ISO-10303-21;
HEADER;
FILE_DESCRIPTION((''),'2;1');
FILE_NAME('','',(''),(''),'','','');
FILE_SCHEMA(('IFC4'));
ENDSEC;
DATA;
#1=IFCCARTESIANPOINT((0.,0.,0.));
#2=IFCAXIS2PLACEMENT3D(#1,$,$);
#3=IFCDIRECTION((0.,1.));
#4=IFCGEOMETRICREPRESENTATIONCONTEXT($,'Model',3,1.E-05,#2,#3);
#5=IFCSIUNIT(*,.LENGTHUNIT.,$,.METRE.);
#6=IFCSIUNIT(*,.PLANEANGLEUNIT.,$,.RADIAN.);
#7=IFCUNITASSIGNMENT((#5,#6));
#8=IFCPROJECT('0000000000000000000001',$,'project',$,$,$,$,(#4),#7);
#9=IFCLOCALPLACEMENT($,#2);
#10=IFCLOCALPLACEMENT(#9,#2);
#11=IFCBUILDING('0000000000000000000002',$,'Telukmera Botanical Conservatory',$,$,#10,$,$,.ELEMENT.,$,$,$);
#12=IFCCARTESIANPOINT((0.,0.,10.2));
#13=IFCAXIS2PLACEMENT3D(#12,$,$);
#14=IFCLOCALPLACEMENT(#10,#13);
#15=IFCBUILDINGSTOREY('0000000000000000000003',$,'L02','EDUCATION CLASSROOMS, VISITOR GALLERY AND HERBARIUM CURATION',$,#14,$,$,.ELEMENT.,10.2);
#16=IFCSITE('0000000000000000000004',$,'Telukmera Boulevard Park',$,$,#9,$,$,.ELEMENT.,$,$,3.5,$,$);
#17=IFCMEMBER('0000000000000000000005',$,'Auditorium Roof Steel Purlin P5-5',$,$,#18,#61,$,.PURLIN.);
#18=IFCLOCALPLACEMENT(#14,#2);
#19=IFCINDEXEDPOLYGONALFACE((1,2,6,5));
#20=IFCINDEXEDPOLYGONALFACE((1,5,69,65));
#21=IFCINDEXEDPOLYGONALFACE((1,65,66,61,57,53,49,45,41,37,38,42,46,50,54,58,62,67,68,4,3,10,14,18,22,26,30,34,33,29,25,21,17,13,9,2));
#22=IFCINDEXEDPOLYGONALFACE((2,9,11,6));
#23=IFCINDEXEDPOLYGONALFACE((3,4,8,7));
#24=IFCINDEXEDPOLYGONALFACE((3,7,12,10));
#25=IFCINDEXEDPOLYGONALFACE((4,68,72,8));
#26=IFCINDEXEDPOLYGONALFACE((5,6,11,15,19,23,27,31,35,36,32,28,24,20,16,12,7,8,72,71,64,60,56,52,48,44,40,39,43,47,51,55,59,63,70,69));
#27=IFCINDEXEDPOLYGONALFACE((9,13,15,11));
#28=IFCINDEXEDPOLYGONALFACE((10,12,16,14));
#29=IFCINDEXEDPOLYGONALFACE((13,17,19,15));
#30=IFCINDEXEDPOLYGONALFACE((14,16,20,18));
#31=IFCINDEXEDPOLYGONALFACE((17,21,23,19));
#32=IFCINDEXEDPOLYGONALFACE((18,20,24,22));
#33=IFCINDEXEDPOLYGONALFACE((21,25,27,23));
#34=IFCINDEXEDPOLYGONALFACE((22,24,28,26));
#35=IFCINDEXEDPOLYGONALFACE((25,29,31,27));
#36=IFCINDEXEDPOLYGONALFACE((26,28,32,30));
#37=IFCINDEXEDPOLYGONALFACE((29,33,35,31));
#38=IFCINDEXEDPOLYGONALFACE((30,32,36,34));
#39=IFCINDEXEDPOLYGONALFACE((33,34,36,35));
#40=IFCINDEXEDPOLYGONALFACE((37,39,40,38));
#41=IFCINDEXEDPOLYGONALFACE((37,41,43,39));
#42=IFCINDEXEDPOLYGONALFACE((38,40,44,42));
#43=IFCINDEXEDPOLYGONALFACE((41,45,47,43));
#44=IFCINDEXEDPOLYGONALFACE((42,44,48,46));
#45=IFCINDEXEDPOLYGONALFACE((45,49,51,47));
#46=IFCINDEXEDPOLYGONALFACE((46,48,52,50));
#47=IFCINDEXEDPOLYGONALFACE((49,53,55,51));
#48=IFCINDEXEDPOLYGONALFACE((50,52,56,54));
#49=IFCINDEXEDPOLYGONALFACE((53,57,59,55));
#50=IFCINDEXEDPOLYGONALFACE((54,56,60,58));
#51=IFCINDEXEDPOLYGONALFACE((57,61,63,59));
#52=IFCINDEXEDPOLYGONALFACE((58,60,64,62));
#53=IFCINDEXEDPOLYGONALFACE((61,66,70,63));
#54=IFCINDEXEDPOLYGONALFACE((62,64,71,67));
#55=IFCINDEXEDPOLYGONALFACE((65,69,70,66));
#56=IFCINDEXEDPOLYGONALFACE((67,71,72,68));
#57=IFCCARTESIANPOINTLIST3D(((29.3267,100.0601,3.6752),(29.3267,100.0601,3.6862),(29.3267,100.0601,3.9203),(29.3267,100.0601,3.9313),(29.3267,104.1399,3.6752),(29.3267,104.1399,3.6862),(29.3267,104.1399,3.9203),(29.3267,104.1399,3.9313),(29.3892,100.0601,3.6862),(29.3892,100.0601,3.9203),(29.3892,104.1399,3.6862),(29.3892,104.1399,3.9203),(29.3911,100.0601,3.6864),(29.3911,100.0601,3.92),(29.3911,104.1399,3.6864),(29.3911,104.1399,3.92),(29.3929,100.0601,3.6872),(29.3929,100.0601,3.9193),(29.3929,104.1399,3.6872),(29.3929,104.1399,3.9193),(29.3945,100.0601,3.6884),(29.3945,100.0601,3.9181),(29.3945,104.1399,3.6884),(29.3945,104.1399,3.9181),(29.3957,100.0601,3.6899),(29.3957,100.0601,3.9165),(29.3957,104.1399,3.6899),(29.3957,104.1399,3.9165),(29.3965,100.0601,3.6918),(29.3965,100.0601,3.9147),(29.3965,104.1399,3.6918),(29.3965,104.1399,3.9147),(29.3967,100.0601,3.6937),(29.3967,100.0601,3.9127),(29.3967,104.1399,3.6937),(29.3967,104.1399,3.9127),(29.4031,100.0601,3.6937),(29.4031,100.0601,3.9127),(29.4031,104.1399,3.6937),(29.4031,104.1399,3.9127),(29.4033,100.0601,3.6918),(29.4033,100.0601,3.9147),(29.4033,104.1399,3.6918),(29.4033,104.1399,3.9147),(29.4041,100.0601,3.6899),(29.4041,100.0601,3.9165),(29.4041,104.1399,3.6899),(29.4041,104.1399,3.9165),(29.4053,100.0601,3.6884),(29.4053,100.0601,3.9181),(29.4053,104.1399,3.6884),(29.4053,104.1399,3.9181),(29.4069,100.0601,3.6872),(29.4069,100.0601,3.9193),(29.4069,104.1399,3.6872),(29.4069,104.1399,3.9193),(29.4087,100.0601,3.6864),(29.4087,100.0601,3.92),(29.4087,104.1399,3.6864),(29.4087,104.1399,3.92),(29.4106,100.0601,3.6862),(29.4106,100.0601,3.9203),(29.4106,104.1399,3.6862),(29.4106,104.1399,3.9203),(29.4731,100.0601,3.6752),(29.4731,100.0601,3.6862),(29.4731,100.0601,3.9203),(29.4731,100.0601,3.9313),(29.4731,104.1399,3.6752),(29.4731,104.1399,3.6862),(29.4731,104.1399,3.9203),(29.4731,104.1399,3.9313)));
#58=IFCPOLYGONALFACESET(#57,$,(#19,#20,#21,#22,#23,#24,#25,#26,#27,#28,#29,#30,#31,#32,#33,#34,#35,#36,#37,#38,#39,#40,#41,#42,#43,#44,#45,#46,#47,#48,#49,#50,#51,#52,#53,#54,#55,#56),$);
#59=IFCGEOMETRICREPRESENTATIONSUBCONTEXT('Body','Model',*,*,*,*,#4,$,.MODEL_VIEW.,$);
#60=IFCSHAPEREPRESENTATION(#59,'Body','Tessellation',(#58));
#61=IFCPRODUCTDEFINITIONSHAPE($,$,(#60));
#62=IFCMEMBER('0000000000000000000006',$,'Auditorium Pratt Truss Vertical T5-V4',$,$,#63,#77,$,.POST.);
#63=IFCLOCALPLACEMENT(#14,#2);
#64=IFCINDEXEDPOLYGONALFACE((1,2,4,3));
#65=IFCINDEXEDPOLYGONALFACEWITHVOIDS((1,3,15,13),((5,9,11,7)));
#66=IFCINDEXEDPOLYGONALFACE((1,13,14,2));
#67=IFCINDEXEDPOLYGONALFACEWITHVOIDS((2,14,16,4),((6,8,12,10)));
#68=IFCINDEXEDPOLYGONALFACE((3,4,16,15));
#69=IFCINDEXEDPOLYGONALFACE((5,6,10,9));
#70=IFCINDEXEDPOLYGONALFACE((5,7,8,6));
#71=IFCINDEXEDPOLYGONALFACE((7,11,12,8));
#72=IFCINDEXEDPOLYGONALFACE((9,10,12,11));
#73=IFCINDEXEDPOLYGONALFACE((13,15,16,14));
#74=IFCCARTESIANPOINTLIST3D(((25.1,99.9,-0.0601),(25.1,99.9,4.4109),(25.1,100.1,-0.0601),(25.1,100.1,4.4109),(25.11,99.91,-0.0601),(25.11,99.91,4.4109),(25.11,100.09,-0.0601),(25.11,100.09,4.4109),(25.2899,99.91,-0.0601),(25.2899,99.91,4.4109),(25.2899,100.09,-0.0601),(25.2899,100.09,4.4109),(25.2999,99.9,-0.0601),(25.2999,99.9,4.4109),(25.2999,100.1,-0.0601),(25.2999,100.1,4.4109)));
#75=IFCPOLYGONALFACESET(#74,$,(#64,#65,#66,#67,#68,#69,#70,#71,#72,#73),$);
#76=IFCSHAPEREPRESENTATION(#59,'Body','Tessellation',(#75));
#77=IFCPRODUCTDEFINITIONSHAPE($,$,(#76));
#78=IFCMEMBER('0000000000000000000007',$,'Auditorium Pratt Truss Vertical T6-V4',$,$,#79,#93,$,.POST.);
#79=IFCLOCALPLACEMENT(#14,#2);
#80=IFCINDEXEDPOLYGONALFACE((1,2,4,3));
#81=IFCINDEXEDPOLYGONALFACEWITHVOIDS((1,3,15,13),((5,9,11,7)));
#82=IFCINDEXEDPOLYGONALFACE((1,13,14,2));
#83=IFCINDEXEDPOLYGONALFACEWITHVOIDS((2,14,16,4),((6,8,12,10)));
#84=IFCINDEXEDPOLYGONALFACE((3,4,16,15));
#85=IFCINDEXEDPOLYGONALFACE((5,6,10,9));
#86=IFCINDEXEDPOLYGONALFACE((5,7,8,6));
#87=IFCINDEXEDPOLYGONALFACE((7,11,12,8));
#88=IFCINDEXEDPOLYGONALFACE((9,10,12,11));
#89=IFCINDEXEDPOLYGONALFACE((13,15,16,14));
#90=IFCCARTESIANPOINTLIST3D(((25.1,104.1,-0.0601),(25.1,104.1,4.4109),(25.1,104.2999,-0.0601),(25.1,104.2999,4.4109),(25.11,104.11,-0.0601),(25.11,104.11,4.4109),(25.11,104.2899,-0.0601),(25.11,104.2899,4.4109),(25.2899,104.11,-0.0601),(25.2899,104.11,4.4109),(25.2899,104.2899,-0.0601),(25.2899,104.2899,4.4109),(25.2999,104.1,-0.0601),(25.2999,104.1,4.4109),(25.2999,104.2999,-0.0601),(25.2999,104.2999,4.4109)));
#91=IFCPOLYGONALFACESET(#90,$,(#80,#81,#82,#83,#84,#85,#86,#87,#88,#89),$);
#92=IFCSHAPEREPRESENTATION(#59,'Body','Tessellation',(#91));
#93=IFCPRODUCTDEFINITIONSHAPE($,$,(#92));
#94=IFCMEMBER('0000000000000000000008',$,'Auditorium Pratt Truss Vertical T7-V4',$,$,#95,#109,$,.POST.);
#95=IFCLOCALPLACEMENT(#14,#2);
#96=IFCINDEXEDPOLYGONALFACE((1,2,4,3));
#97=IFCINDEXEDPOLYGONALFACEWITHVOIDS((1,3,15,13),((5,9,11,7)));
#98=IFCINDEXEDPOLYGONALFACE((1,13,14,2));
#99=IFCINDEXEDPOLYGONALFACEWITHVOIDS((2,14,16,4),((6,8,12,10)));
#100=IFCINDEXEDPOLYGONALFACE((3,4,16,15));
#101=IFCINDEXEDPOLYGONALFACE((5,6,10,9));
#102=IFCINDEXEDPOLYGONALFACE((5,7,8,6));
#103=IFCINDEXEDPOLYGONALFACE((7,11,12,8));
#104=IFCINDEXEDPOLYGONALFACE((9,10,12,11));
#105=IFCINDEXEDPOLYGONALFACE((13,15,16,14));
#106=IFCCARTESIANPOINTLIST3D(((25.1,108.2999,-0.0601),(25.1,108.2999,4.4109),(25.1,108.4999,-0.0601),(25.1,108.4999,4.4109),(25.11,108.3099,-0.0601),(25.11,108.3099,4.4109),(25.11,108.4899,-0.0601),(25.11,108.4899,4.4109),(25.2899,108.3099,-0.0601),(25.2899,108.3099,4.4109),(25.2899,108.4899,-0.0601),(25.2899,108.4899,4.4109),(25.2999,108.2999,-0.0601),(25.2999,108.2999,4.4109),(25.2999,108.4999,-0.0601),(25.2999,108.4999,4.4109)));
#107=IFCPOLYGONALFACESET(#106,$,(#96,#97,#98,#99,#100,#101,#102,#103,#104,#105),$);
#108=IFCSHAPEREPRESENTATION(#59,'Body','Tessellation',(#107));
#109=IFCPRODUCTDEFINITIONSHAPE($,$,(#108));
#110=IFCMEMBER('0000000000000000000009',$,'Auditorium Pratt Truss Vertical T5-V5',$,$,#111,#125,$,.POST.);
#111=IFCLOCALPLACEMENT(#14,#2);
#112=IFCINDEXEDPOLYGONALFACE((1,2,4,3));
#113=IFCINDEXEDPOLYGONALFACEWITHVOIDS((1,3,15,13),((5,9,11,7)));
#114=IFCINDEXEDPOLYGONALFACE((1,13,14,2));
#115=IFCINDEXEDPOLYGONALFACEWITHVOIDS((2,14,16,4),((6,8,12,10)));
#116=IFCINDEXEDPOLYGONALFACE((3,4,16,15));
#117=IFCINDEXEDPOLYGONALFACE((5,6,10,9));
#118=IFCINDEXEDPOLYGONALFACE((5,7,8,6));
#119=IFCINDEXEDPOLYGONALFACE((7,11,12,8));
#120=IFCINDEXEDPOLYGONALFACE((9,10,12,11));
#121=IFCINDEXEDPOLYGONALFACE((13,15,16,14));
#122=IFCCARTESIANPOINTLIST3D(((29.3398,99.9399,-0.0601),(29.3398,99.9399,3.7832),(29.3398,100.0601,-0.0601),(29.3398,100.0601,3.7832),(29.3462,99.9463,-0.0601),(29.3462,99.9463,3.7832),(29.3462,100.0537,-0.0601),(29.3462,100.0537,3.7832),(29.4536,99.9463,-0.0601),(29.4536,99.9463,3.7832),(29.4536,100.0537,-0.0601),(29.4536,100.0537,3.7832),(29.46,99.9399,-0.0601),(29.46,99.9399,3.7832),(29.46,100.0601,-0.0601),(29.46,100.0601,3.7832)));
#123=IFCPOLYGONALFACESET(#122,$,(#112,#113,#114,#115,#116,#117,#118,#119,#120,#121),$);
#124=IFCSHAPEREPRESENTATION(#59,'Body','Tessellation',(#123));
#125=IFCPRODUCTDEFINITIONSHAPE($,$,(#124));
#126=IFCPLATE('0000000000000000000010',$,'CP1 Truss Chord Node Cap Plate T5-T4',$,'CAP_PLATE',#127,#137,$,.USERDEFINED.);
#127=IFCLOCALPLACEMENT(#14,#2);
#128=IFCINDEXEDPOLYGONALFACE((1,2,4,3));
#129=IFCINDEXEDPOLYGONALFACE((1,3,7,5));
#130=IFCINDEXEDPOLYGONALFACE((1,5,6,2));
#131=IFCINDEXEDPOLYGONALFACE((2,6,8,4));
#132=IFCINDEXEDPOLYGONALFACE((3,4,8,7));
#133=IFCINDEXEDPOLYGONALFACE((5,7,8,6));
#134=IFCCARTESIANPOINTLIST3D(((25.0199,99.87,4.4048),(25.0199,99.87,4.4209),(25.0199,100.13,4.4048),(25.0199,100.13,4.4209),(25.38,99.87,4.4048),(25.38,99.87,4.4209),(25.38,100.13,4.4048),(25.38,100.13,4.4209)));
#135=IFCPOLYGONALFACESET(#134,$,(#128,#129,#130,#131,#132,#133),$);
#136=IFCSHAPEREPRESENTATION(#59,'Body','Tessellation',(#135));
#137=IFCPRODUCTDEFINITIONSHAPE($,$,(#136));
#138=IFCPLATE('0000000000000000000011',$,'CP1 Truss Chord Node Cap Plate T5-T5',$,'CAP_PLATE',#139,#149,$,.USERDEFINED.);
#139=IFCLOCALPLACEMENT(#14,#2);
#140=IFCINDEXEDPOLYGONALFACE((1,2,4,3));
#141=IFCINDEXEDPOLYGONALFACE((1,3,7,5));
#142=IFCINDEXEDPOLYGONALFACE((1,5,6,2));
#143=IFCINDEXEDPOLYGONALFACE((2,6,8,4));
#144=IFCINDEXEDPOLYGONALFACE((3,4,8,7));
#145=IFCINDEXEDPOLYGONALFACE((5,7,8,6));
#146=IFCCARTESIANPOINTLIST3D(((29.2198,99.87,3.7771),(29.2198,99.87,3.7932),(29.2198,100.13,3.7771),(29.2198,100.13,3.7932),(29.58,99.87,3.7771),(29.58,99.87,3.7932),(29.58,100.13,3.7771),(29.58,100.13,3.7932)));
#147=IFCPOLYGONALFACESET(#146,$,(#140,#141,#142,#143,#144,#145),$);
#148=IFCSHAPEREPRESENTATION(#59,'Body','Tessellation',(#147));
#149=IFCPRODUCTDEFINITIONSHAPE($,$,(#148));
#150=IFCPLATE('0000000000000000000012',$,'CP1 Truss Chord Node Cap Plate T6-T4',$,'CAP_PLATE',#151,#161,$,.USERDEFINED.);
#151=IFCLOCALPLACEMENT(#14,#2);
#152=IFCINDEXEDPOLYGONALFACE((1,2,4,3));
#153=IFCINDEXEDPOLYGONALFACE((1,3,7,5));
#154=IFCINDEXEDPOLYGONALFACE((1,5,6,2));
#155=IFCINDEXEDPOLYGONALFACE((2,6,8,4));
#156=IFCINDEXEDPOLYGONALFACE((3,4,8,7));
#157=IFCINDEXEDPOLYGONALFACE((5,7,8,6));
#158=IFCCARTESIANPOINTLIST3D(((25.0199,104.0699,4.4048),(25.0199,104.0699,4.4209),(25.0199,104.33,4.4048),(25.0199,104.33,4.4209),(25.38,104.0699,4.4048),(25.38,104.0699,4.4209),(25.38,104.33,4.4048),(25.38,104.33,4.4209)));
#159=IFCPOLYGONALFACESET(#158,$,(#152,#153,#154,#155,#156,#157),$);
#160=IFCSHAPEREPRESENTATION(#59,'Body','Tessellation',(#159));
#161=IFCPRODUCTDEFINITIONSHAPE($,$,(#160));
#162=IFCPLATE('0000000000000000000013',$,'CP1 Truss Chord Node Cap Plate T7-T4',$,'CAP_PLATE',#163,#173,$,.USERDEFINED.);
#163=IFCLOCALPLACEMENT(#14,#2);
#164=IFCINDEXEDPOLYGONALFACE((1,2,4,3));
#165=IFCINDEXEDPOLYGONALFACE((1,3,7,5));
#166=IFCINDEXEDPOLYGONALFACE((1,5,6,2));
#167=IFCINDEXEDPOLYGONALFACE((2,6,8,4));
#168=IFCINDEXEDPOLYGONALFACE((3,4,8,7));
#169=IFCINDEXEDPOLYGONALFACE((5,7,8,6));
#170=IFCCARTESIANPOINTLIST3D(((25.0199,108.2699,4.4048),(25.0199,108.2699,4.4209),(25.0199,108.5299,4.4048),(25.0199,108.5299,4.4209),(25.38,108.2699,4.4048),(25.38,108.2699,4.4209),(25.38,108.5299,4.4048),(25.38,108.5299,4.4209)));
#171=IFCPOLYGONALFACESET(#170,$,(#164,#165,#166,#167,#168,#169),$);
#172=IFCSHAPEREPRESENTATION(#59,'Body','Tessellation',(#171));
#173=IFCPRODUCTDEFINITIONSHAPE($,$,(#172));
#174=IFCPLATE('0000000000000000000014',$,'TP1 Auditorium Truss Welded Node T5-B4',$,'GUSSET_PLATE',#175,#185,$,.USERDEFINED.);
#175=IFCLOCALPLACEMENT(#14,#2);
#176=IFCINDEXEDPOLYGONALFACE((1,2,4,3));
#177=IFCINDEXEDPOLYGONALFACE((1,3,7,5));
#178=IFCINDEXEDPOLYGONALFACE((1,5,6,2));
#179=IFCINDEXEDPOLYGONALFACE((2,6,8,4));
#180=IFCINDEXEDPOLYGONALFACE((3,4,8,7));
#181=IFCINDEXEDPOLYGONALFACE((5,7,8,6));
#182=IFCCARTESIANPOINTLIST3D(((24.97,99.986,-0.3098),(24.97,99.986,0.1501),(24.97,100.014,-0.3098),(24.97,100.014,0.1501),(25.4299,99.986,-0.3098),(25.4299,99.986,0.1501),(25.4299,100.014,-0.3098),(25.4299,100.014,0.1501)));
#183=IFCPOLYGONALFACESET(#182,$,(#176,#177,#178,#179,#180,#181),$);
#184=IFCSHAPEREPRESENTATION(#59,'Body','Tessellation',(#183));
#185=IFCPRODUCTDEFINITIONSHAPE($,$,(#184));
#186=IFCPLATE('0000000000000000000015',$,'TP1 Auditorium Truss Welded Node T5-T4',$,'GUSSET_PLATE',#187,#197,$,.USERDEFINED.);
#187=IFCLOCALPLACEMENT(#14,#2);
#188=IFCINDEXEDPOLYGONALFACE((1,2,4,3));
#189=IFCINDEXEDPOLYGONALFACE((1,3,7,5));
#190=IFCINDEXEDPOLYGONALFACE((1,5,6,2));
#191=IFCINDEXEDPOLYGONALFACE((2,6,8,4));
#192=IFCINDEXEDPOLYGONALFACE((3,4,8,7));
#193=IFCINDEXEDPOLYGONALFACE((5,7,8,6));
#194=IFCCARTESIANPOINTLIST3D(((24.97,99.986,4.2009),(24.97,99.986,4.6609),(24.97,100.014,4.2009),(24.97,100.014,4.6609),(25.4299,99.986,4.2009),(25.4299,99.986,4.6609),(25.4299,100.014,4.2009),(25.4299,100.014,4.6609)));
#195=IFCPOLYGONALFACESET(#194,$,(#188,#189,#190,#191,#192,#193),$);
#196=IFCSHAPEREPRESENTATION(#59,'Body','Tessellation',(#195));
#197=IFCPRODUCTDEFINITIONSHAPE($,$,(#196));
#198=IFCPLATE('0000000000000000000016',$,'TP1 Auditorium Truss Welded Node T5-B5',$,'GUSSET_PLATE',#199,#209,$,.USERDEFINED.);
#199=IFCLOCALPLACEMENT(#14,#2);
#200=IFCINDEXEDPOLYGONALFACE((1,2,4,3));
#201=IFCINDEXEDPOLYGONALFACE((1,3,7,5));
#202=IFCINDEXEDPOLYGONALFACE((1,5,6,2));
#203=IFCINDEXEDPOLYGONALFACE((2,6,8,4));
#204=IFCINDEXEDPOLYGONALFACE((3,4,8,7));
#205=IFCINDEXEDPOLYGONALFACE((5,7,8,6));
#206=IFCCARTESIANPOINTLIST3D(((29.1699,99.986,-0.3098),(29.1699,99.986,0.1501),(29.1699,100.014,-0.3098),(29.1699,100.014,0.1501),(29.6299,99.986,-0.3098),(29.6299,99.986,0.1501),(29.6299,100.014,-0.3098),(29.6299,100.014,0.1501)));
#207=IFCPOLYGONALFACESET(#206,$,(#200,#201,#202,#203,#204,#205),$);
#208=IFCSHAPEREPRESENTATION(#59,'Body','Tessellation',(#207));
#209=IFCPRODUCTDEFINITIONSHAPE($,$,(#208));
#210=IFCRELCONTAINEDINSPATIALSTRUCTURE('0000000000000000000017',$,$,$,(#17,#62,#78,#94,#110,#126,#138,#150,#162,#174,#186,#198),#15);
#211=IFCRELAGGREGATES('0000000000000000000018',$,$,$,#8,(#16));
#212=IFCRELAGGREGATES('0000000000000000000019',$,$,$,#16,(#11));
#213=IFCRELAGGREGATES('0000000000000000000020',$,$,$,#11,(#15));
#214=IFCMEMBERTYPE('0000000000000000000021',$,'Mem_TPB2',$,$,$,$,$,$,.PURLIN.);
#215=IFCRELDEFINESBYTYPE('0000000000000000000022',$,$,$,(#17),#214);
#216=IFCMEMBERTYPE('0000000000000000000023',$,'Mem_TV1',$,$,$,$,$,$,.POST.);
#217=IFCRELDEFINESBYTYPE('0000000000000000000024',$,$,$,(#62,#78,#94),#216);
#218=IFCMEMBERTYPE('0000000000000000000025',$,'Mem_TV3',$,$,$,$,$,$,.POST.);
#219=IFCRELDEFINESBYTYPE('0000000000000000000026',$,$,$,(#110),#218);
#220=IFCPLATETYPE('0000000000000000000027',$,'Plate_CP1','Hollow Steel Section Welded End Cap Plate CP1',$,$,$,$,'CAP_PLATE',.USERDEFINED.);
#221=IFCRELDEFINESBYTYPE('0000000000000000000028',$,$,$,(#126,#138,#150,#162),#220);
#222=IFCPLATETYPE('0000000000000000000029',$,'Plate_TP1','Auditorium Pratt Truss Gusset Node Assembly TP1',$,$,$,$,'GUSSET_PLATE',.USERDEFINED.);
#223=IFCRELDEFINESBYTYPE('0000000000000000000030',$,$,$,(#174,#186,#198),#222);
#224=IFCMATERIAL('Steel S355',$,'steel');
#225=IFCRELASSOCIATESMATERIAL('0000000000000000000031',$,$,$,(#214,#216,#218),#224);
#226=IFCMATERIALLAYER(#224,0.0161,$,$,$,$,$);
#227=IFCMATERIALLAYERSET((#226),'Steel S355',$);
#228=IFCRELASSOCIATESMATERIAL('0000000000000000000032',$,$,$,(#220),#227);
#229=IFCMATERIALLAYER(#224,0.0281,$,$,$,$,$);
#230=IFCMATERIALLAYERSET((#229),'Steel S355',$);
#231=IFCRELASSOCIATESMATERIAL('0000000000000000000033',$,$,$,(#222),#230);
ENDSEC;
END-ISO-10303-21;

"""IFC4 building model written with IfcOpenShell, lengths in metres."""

from ifc_helpers import new_model, si_unit, direction, frame, origin, origin_2d, place, context, subcontext, project, spatial, rectangle, hollow_rectangle, i_section, extrude, material, layer, layer_set, material_profile, profile_set, type_object, element, save


model = new_model("IFC4")

# Units and contexts
model_context = context("Model", 3, precision=1e-05, world=origin(), true_north=direction((0.0, 1.0)))
body_context = subcontext(model_context, "Body", "Model", "MODEL_VIEW")
ifc_project = project(units=[si_unit("LENGTHUNIT", "METRE"), si_unit("PLANEANGLEUNIT", "RADIAN")], contexts=[model_context])

# Site, building, storey
site_placement = place(None, origin())
site = spatial("IfcSite", under=ifc_project, at=site_placement, Name="Telukmera Boulevard Park", CompositionType="ELEMENT", RefElevation=3.5)
building_placement = place(site_placement, origin())
building = spatial("IfcBuilding", under=site, at=building_placement, Name="Telukmera Botanical Conservatory", CompositionType="ELEMENT")
storey_placement = place(building_placement, frame((0.0, 0.0, 10.2)))
storey = spatial("IfcBuildingStorey", under=building, at=storey_placement, Name="L02", Description="EDUCATION CLASSROOMS, VISITOR GALLERY AND HERBARIUM CURATION", CompositionType="ELEMENT", Elevation=10.2)

# Members
ifc_material = material(Name="Steel S355", Category="steel")
ifc_material_profile_1 = material_profile(ifc_material, i_section(OverallWidth=0.1465, OverallDepth=0.2561, WebThickness=0.0063, FlangeThickness=0.011, FilletRadius=0.0076, at=origin_2d()), Name="UB 254x146x37")
ifc_profile_set_1 = profile_set([ifc_material_profile_1], Name="Steel S355")
member_type_1 = type_object("IfcMemberType", Name="Mem_TPB2", PredefinedType="PURLIN", material=ifc_profile_set_1)
member_1_placement = place(storey_placement, frame((29.3999, 100.0601, 3.8032), z_axis=(0.0, 1.0, 0.0), x_axis=(-1.0, 0.0, 0.0)))
element("IfcMember", 1, at=member_1_placement, inside=storey, type_object=member_type_1, Name="Auditorium Roof Steel Purlin P5-5", PredefinedType="PURLIN", context=body_context, shape_type="SweptSolid", body=[
    extrude(i_section(OverallWidth=0.1465, OverallDepth=0.2561, WebThickness=0.0063, FlangeThickness=0.011, FilletRadius=0.0076, at=origin_2d()), origin(), (0.0, 0.0, 1.0), 4.0798),
])
ifc_material_profile_2 = material_profile(ifc_material, hollow_rectangle(XDim=0.2, YDim=0.2, WallThickness=0.01, at=origin_2d()), Name="SHS 200x200x10.0")
ifc_profile_set_2 = profile_set([ifc_material_profile_2], Name="Steel S355")
member_type_2 = type_object("IfcMemberType", Name="Mem_TV1", PredefinedType="POST", material=ifc_profile_set_2)
for number, where, z_axis, x_axis, name in (
    (2, (25.2, 100.0, -0.0601), (0.0, 0.0, 1.0), (1.0, 0.0, 0.0), "Auditorium Pratt Truss Vertical T5-V4"),
    (3, (25.2, 104.2, -0.0601), (0.0, 0.0, 1.0), (1.0, 0.0, 0.0), "Auditorium Pratt Truss Vertical T6-V4"),
    (4, (25.2, 108.3999, -0.0601), (0.0, 0.0, 1.0), (1.0, 0.0, 0.0), "Auditorium Pratt Truss Vertical T7-V4"),
):
    element("IfcMember", number, at=place(storey_placement, frame(where, z_axis=z_axis, x_axis=x_axis)), inside=storey, type_object=member_type_2, Name=name, PredefinedType="POST", context=body_context, shape_type="SweptSolid", body=[
        extrude(hollow_rectangle(XDim=0.2, YDim=0.2, WallThickness=0.01, at=origin_2d()), origin(), (0.0, 0.0, 1.0), 4.4709),
    ])
ifc_material_profile_3 = material_profile(ifc_material, hollow_rectangle(XDim=0.1201, YDim=0.1201, WallThickness=0.0063, at=origin_2d()), Name="SHS 120x120x6.3")
ifc_profile_set_3 = profile_set([ifc_material_profile_3], Name="Steel S355")
member_type_3 = type_object("IfcMemberType", Name="Mem_TV3", PredefinedType="POST", material=ifc_profile_set_3)
member_2_placement = place(storey_placement, frame((29.3999, 100.0, -0.0601), z_axis=(0.0, 0.0, 1.0), x_axis=(1.0, 0.0, 0.0)))
element("IfcMember", 5, at=member_2_placement, inside=storey, type_object=member_type_3, Name="Auditorium Pratt Truss Vertical T5-V5", PredefinedType="POST", context=body_context, shape_type="SweptSolid", body=[
    extrude(hollow_rectangle(XDim=0.1201, YDim=0.1201, WallThickness=0.0063, at=origin_2d()), origin(), (0.0, 0.0, 1.0), 3.8433),
])

# Plates
ifc_layer_1 = layer(ifc_material, 0.0161)
ifc_layer_set_1 = layer_set([ifc_layer_1], Name="Steel S355")
plate_type_1 = type_object("IfcPlateType", Name="Plate_CP1", Description="Hollow Steel Section Welded End Cap Plate CP1", ElementType="CAP_PLATE", PredefinedType="USERDEFINED", material=ifc_layer_set_1)
for number, where, z_axis, x_axis, name in (
    (6, (25.2, 100.0, 4.4048), (0.0, 0.0, 1.0), (1.0, 0.0, 0.0), "CP1 Truss Chord Node Cap Plate T5-T4"),
    (7, (29.3999, 100.0, 3.7771), (0.0, 0.0, 1.0), (1.0, 0.0, 0.0), "CP1 Truss Chord Node Cap Plate T5-T5"),
    (8, (25.2, 104.2, 4.4048), (0.0, 0.0, 1.0), (1.0, 0.0, 0.0), "CP1 Truss Chord Node Cap Plate T6-T4"),
    (9, (25.2, 108.3999, 4.4048), (0.0, 0.0, 1.0), (1.0, 0.0, 0.0), "CP1 Truss Chord Node Cap Plate T7-T4"),
):
    element("IfcPlate", number, at=place(storey_placement, frame(where, z_axis=z_axis, x_axis=x_axis)), inside=storey, type_object=plate_type_1, Name=name, ObjectType="CAP_PLATE", PredefinedType="USERDEFINED", context=body_context, shape_type="SweptSolid", body=[
        extrude(rectangle(XDim=0.3601, YDim=0.26, at=origin_2d()), origin(), (0.0, 0.0, 1.0), 0.0161),
    ])
ifc_layer_2 = layer(ifc_material, 0.0281)
ifc_layer_set_2 = layer_set([ifc_layer_2], Name="Steel S355")
plate_type_2 = type_object("IfcPlateType", Name="Plate_TP1", Description="Auditorium Pratt Truss Gusset Node Assembly TP1", ElementType="GUSSET_PLATE", PredefinedType="USERDEFINED", material=ifc_layer_set_2)
for number, where, z_axis, x_axis, name in (
    (10, (25.2, 100.0, -0.3098), (0.0, 0.0, 1.0), (1.0, 0.0, 0.0), "TP1 Auditorium Truss Welded Node T5-B4"),
    (11, (25.2, 100.0, 4.2009), (0.0, 0.0, 1.0), (1.0, 0.0, 0.0), "TP1 Auditorium Truss Welded Node T5-T4"),
    (12, (29.3999, 100.0, -0.3098), (0.0, 0.0, 1.0), (1.0, 0.0, 0.0), "TP1 Auditorium Truss Welded Node T5-B5"),
):
    element("IfcPlate", number, at=place(storey_placement, frame(where, z_axis=z_axis, x_axis=x_axis)), inside=storey, type_object=plate_type_2, Name=name, ObjectType="GUSSET_PLATE", PredefinedType="USERDEFINED", context=body_context, shape_type="SweptSolid", body=[
        extrude(rectangle(XDim=0.46, YDim=0.0281, at=origin_2d()), origin(), (0.0, 0.0, 1.0), 0.46),
    ])

save(model, "model.ifc")
